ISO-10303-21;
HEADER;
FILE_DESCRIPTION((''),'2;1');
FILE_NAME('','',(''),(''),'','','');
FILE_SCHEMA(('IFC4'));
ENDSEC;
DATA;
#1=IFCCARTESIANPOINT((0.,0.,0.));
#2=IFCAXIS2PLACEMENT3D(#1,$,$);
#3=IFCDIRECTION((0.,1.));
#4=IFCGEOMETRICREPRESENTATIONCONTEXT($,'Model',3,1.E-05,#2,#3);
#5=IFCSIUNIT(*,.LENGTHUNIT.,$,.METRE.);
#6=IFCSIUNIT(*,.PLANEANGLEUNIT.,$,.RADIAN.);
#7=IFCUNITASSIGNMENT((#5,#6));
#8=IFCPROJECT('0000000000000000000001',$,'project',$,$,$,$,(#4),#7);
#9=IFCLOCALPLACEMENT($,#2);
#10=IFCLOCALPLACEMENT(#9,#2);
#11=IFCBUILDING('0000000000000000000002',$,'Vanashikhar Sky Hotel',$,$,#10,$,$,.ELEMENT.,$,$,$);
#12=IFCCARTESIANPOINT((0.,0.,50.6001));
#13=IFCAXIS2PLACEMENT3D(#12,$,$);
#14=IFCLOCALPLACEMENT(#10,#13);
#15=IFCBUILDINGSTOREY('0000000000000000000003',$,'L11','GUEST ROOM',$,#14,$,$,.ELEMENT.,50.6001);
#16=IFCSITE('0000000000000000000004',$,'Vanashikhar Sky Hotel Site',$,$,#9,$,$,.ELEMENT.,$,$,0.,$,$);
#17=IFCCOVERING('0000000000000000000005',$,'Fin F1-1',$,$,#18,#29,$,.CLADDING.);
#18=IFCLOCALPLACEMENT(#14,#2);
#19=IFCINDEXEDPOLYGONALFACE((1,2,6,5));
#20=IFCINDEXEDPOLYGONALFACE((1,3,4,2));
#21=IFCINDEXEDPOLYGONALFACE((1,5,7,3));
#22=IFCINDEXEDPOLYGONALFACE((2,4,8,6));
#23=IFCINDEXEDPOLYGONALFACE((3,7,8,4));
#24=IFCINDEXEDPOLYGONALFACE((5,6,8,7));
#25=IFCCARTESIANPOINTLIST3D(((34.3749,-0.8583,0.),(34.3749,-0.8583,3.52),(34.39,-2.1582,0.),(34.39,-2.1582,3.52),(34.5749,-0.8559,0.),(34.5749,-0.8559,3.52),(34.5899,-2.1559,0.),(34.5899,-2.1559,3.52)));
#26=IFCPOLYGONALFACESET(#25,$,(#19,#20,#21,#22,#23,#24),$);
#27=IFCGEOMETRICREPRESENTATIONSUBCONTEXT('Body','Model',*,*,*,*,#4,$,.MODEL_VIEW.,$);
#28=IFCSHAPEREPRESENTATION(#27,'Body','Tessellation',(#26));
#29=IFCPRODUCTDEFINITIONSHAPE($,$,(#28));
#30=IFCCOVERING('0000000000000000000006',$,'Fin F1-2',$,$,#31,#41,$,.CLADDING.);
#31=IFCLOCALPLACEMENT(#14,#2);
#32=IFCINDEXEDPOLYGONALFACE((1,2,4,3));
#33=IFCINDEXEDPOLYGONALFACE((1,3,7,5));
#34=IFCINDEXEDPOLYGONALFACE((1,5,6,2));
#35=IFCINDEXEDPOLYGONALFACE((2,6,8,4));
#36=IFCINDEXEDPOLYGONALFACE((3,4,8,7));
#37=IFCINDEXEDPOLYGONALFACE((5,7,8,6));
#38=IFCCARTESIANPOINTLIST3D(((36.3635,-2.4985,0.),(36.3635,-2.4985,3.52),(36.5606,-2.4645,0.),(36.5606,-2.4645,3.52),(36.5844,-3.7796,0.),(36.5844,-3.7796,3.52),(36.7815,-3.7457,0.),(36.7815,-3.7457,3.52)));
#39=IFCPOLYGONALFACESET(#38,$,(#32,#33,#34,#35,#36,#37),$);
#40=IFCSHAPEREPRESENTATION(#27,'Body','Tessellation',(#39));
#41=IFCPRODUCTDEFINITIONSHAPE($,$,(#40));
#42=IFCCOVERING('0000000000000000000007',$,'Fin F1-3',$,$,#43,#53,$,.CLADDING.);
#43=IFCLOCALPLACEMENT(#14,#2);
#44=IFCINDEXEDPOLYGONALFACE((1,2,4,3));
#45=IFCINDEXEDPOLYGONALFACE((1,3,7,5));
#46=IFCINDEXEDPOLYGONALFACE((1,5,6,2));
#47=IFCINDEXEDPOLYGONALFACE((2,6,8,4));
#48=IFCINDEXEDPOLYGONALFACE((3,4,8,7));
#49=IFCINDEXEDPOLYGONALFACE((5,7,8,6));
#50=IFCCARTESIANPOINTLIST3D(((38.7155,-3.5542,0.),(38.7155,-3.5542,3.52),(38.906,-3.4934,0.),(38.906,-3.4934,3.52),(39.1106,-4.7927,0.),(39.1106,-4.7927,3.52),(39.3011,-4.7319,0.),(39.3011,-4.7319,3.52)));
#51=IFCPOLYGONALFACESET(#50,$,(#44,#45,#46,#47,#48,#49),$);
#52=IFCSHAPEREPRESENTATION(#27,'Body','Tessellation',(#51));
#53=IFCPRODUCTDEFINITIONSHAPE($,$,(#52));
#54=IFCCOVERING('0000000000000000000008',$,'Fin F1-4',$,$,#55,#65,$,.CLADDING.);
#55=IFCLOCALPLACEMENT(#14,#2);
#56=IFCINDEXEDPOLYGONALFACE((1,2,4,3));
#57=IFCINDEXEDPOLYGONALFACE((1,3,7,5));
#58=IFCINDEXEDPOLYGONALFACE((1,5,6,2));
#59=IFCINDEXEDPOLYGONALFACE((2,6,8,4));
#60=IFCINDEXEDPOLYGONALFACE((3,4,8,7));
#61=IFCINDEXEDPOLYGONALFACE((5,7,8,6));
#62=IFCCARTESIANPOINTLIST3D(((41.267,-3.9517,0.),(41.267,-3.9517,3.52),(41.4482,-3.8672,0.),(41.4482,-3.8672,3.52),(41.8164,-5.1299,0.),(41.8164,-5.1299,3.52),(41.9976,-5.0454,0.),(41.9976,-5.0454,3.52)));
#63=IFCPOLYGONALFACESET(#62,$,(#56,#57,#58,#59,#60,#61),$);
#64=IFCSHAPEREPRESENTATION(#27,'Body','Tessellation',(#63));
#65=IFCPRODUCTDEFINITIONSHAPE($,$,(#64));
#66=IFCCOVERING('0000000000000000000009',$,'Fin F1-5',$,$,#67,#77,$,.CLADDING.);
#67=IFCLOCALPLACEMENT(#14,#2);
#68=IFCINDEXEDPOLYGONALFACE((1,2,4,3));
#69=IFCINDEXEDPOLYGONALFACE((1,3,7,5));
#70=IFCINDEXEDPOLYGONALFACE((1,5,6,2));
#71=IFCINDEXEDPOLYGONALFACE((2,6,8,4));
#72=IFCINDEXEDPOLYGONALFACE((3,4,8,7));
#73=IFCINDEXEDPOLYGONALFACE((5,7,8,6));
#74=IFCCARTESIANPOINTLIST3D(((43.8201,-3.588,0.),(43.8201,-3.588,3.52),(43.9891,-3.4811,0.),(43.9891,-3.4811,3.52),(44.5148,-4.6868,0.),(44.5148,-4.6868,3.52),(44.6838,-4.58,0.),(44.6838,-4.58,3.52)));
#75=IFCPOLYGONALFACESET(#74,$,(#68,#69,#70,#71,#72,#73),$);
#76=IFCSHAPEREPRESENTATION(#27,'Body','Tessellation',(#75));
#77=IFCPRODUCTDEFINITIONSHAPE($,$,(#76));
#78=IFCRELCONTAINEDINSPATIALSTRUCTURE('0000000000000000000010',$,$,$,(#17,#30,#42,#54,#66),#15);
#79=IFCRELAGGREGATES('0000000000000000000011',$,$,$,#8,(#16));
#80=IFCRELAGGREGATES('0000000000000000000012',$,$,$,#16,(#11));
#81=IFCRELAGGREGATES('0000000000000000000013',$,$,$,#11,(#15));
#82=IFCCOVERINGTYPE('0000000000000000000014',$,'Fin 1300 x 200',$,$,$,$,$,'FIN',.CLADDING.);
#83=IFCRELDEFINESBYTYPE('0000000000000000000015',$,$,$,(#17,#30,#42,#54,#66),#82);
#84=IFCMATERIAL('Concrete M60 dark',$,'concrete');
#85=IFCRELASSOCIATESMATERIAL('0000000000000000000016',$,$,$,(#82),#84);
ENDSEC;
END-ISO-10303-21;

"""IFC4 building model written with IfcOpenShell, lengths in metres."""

from ifc_helpers import new_model, si_unit, direction, frame, origin, origin_2d, place, context, subcontext, project, spatial, rectangle, extrude, source, transform, mapped, material, material_profile, profile_set, type_object, element, save


model = new_model("IFC4")

# Units and contexts
model_context = context("Model", 3, precision=1e-05, world=origin(), true_north=direction((0.0, 1.0)))
body_context = subcontext(model_context, "Body", "Model", "MODEL_VIEW")
ifc_project = project(units=[si_unit("LENGTHUNIT", "METRE"), si_unit("PLANEANGLEUNIT", "RADIAN")], contexts=[model_context])

# Site, building, storey
site_placement = place(None, origin())
site = spatial("IfcSite", under=ifc_project, at=site_placement, Name="Vanashikhar Sky Hotel Site", CompositionType="ELEMENT", RefElevation=0.0)
building_placement = place(site_placement, origin())
building = spatial("IfcBuilding", under=site, at=building_placement, Name="Vanashikhar Sky Hotel", CompositionType="ELEMENT")
storey_placement = place(building_placement, frame((0.0, 0.0, 50.6001)))
storey = spatial("IfcBuildingStorey", under=building, at=storey_placement, Name="L11", Description="GUEST ROOM", CompositionType="ELEMENT", Elevation=50.6001)

# Coverings
ifc_material_1 = material(Name="Concrete M60 dark", Category="concrete")
ifc_material_profile = material_profile(ifc_material_1, rectangle(XDim=1.3, YDim=0.2, at=origin_2d()))
ifc_profile_set = profile_set([ifc_material_profile], Name="Fin 1300 x 200")
covering_type_1 = type_object("IfcCoveringType", Name="Fin 1300 x 200", ElementType="FIN", PredefinedType="CLADDING", material=ifc_profile_set)
shared_shape_1 = source(origin(), body_context, "Body", "SweptSolid", [
    extrude(rectangle(XDim=1.3, YDim=0.2, at=origin_2d()), origin(), (0.0, 0.0, 1.0), 3.52),
])
for number, where, z_axis, x_axis, name in (
    (1, (34.4824, -1.5071, 0.0), (0.0, 0.0, 1.0), (0.011589, -0.999933, 0.0), "Fin F1-1"),
    (2, (36.5725, -3.1221, 0.0), (0.0, 0.0, 1.0), (0.1699, -0.985461, 0.0), "Fin F1-2"),
    (3, (39.0083, -4.1431, 0.0), (0.0, 0.0, 1.0), (0.303967, -0.952683, 0.0), "Fin F1-3"),
    (4, (41.6323, -4.4985, 0.0), (0.0, 0.0, 1.0), (0.422618, -0.906308, 0.0), "Fin F1-4"),
    (5, (44.252, -4.084, 0.0), (0.0, 0.0, 1.0), (0.534411, -0.845225, 0.0), "Fin F1-5"),
):
    element("IfcCovering", number, at=place(storey_placement, frame(where, z_axis=z_axis, x_axis=x_axis)), inside=storey, type_object=covering_type_1, Name=name, PredefinedType="CLADDING", context=body_context, shape_type="MappedRepresentation", body=[
        mapped(shared_shape_1, transform((0.0, 0.0, 0.0), scale=1.0)),
    ])

save(model, "model.ifc")
